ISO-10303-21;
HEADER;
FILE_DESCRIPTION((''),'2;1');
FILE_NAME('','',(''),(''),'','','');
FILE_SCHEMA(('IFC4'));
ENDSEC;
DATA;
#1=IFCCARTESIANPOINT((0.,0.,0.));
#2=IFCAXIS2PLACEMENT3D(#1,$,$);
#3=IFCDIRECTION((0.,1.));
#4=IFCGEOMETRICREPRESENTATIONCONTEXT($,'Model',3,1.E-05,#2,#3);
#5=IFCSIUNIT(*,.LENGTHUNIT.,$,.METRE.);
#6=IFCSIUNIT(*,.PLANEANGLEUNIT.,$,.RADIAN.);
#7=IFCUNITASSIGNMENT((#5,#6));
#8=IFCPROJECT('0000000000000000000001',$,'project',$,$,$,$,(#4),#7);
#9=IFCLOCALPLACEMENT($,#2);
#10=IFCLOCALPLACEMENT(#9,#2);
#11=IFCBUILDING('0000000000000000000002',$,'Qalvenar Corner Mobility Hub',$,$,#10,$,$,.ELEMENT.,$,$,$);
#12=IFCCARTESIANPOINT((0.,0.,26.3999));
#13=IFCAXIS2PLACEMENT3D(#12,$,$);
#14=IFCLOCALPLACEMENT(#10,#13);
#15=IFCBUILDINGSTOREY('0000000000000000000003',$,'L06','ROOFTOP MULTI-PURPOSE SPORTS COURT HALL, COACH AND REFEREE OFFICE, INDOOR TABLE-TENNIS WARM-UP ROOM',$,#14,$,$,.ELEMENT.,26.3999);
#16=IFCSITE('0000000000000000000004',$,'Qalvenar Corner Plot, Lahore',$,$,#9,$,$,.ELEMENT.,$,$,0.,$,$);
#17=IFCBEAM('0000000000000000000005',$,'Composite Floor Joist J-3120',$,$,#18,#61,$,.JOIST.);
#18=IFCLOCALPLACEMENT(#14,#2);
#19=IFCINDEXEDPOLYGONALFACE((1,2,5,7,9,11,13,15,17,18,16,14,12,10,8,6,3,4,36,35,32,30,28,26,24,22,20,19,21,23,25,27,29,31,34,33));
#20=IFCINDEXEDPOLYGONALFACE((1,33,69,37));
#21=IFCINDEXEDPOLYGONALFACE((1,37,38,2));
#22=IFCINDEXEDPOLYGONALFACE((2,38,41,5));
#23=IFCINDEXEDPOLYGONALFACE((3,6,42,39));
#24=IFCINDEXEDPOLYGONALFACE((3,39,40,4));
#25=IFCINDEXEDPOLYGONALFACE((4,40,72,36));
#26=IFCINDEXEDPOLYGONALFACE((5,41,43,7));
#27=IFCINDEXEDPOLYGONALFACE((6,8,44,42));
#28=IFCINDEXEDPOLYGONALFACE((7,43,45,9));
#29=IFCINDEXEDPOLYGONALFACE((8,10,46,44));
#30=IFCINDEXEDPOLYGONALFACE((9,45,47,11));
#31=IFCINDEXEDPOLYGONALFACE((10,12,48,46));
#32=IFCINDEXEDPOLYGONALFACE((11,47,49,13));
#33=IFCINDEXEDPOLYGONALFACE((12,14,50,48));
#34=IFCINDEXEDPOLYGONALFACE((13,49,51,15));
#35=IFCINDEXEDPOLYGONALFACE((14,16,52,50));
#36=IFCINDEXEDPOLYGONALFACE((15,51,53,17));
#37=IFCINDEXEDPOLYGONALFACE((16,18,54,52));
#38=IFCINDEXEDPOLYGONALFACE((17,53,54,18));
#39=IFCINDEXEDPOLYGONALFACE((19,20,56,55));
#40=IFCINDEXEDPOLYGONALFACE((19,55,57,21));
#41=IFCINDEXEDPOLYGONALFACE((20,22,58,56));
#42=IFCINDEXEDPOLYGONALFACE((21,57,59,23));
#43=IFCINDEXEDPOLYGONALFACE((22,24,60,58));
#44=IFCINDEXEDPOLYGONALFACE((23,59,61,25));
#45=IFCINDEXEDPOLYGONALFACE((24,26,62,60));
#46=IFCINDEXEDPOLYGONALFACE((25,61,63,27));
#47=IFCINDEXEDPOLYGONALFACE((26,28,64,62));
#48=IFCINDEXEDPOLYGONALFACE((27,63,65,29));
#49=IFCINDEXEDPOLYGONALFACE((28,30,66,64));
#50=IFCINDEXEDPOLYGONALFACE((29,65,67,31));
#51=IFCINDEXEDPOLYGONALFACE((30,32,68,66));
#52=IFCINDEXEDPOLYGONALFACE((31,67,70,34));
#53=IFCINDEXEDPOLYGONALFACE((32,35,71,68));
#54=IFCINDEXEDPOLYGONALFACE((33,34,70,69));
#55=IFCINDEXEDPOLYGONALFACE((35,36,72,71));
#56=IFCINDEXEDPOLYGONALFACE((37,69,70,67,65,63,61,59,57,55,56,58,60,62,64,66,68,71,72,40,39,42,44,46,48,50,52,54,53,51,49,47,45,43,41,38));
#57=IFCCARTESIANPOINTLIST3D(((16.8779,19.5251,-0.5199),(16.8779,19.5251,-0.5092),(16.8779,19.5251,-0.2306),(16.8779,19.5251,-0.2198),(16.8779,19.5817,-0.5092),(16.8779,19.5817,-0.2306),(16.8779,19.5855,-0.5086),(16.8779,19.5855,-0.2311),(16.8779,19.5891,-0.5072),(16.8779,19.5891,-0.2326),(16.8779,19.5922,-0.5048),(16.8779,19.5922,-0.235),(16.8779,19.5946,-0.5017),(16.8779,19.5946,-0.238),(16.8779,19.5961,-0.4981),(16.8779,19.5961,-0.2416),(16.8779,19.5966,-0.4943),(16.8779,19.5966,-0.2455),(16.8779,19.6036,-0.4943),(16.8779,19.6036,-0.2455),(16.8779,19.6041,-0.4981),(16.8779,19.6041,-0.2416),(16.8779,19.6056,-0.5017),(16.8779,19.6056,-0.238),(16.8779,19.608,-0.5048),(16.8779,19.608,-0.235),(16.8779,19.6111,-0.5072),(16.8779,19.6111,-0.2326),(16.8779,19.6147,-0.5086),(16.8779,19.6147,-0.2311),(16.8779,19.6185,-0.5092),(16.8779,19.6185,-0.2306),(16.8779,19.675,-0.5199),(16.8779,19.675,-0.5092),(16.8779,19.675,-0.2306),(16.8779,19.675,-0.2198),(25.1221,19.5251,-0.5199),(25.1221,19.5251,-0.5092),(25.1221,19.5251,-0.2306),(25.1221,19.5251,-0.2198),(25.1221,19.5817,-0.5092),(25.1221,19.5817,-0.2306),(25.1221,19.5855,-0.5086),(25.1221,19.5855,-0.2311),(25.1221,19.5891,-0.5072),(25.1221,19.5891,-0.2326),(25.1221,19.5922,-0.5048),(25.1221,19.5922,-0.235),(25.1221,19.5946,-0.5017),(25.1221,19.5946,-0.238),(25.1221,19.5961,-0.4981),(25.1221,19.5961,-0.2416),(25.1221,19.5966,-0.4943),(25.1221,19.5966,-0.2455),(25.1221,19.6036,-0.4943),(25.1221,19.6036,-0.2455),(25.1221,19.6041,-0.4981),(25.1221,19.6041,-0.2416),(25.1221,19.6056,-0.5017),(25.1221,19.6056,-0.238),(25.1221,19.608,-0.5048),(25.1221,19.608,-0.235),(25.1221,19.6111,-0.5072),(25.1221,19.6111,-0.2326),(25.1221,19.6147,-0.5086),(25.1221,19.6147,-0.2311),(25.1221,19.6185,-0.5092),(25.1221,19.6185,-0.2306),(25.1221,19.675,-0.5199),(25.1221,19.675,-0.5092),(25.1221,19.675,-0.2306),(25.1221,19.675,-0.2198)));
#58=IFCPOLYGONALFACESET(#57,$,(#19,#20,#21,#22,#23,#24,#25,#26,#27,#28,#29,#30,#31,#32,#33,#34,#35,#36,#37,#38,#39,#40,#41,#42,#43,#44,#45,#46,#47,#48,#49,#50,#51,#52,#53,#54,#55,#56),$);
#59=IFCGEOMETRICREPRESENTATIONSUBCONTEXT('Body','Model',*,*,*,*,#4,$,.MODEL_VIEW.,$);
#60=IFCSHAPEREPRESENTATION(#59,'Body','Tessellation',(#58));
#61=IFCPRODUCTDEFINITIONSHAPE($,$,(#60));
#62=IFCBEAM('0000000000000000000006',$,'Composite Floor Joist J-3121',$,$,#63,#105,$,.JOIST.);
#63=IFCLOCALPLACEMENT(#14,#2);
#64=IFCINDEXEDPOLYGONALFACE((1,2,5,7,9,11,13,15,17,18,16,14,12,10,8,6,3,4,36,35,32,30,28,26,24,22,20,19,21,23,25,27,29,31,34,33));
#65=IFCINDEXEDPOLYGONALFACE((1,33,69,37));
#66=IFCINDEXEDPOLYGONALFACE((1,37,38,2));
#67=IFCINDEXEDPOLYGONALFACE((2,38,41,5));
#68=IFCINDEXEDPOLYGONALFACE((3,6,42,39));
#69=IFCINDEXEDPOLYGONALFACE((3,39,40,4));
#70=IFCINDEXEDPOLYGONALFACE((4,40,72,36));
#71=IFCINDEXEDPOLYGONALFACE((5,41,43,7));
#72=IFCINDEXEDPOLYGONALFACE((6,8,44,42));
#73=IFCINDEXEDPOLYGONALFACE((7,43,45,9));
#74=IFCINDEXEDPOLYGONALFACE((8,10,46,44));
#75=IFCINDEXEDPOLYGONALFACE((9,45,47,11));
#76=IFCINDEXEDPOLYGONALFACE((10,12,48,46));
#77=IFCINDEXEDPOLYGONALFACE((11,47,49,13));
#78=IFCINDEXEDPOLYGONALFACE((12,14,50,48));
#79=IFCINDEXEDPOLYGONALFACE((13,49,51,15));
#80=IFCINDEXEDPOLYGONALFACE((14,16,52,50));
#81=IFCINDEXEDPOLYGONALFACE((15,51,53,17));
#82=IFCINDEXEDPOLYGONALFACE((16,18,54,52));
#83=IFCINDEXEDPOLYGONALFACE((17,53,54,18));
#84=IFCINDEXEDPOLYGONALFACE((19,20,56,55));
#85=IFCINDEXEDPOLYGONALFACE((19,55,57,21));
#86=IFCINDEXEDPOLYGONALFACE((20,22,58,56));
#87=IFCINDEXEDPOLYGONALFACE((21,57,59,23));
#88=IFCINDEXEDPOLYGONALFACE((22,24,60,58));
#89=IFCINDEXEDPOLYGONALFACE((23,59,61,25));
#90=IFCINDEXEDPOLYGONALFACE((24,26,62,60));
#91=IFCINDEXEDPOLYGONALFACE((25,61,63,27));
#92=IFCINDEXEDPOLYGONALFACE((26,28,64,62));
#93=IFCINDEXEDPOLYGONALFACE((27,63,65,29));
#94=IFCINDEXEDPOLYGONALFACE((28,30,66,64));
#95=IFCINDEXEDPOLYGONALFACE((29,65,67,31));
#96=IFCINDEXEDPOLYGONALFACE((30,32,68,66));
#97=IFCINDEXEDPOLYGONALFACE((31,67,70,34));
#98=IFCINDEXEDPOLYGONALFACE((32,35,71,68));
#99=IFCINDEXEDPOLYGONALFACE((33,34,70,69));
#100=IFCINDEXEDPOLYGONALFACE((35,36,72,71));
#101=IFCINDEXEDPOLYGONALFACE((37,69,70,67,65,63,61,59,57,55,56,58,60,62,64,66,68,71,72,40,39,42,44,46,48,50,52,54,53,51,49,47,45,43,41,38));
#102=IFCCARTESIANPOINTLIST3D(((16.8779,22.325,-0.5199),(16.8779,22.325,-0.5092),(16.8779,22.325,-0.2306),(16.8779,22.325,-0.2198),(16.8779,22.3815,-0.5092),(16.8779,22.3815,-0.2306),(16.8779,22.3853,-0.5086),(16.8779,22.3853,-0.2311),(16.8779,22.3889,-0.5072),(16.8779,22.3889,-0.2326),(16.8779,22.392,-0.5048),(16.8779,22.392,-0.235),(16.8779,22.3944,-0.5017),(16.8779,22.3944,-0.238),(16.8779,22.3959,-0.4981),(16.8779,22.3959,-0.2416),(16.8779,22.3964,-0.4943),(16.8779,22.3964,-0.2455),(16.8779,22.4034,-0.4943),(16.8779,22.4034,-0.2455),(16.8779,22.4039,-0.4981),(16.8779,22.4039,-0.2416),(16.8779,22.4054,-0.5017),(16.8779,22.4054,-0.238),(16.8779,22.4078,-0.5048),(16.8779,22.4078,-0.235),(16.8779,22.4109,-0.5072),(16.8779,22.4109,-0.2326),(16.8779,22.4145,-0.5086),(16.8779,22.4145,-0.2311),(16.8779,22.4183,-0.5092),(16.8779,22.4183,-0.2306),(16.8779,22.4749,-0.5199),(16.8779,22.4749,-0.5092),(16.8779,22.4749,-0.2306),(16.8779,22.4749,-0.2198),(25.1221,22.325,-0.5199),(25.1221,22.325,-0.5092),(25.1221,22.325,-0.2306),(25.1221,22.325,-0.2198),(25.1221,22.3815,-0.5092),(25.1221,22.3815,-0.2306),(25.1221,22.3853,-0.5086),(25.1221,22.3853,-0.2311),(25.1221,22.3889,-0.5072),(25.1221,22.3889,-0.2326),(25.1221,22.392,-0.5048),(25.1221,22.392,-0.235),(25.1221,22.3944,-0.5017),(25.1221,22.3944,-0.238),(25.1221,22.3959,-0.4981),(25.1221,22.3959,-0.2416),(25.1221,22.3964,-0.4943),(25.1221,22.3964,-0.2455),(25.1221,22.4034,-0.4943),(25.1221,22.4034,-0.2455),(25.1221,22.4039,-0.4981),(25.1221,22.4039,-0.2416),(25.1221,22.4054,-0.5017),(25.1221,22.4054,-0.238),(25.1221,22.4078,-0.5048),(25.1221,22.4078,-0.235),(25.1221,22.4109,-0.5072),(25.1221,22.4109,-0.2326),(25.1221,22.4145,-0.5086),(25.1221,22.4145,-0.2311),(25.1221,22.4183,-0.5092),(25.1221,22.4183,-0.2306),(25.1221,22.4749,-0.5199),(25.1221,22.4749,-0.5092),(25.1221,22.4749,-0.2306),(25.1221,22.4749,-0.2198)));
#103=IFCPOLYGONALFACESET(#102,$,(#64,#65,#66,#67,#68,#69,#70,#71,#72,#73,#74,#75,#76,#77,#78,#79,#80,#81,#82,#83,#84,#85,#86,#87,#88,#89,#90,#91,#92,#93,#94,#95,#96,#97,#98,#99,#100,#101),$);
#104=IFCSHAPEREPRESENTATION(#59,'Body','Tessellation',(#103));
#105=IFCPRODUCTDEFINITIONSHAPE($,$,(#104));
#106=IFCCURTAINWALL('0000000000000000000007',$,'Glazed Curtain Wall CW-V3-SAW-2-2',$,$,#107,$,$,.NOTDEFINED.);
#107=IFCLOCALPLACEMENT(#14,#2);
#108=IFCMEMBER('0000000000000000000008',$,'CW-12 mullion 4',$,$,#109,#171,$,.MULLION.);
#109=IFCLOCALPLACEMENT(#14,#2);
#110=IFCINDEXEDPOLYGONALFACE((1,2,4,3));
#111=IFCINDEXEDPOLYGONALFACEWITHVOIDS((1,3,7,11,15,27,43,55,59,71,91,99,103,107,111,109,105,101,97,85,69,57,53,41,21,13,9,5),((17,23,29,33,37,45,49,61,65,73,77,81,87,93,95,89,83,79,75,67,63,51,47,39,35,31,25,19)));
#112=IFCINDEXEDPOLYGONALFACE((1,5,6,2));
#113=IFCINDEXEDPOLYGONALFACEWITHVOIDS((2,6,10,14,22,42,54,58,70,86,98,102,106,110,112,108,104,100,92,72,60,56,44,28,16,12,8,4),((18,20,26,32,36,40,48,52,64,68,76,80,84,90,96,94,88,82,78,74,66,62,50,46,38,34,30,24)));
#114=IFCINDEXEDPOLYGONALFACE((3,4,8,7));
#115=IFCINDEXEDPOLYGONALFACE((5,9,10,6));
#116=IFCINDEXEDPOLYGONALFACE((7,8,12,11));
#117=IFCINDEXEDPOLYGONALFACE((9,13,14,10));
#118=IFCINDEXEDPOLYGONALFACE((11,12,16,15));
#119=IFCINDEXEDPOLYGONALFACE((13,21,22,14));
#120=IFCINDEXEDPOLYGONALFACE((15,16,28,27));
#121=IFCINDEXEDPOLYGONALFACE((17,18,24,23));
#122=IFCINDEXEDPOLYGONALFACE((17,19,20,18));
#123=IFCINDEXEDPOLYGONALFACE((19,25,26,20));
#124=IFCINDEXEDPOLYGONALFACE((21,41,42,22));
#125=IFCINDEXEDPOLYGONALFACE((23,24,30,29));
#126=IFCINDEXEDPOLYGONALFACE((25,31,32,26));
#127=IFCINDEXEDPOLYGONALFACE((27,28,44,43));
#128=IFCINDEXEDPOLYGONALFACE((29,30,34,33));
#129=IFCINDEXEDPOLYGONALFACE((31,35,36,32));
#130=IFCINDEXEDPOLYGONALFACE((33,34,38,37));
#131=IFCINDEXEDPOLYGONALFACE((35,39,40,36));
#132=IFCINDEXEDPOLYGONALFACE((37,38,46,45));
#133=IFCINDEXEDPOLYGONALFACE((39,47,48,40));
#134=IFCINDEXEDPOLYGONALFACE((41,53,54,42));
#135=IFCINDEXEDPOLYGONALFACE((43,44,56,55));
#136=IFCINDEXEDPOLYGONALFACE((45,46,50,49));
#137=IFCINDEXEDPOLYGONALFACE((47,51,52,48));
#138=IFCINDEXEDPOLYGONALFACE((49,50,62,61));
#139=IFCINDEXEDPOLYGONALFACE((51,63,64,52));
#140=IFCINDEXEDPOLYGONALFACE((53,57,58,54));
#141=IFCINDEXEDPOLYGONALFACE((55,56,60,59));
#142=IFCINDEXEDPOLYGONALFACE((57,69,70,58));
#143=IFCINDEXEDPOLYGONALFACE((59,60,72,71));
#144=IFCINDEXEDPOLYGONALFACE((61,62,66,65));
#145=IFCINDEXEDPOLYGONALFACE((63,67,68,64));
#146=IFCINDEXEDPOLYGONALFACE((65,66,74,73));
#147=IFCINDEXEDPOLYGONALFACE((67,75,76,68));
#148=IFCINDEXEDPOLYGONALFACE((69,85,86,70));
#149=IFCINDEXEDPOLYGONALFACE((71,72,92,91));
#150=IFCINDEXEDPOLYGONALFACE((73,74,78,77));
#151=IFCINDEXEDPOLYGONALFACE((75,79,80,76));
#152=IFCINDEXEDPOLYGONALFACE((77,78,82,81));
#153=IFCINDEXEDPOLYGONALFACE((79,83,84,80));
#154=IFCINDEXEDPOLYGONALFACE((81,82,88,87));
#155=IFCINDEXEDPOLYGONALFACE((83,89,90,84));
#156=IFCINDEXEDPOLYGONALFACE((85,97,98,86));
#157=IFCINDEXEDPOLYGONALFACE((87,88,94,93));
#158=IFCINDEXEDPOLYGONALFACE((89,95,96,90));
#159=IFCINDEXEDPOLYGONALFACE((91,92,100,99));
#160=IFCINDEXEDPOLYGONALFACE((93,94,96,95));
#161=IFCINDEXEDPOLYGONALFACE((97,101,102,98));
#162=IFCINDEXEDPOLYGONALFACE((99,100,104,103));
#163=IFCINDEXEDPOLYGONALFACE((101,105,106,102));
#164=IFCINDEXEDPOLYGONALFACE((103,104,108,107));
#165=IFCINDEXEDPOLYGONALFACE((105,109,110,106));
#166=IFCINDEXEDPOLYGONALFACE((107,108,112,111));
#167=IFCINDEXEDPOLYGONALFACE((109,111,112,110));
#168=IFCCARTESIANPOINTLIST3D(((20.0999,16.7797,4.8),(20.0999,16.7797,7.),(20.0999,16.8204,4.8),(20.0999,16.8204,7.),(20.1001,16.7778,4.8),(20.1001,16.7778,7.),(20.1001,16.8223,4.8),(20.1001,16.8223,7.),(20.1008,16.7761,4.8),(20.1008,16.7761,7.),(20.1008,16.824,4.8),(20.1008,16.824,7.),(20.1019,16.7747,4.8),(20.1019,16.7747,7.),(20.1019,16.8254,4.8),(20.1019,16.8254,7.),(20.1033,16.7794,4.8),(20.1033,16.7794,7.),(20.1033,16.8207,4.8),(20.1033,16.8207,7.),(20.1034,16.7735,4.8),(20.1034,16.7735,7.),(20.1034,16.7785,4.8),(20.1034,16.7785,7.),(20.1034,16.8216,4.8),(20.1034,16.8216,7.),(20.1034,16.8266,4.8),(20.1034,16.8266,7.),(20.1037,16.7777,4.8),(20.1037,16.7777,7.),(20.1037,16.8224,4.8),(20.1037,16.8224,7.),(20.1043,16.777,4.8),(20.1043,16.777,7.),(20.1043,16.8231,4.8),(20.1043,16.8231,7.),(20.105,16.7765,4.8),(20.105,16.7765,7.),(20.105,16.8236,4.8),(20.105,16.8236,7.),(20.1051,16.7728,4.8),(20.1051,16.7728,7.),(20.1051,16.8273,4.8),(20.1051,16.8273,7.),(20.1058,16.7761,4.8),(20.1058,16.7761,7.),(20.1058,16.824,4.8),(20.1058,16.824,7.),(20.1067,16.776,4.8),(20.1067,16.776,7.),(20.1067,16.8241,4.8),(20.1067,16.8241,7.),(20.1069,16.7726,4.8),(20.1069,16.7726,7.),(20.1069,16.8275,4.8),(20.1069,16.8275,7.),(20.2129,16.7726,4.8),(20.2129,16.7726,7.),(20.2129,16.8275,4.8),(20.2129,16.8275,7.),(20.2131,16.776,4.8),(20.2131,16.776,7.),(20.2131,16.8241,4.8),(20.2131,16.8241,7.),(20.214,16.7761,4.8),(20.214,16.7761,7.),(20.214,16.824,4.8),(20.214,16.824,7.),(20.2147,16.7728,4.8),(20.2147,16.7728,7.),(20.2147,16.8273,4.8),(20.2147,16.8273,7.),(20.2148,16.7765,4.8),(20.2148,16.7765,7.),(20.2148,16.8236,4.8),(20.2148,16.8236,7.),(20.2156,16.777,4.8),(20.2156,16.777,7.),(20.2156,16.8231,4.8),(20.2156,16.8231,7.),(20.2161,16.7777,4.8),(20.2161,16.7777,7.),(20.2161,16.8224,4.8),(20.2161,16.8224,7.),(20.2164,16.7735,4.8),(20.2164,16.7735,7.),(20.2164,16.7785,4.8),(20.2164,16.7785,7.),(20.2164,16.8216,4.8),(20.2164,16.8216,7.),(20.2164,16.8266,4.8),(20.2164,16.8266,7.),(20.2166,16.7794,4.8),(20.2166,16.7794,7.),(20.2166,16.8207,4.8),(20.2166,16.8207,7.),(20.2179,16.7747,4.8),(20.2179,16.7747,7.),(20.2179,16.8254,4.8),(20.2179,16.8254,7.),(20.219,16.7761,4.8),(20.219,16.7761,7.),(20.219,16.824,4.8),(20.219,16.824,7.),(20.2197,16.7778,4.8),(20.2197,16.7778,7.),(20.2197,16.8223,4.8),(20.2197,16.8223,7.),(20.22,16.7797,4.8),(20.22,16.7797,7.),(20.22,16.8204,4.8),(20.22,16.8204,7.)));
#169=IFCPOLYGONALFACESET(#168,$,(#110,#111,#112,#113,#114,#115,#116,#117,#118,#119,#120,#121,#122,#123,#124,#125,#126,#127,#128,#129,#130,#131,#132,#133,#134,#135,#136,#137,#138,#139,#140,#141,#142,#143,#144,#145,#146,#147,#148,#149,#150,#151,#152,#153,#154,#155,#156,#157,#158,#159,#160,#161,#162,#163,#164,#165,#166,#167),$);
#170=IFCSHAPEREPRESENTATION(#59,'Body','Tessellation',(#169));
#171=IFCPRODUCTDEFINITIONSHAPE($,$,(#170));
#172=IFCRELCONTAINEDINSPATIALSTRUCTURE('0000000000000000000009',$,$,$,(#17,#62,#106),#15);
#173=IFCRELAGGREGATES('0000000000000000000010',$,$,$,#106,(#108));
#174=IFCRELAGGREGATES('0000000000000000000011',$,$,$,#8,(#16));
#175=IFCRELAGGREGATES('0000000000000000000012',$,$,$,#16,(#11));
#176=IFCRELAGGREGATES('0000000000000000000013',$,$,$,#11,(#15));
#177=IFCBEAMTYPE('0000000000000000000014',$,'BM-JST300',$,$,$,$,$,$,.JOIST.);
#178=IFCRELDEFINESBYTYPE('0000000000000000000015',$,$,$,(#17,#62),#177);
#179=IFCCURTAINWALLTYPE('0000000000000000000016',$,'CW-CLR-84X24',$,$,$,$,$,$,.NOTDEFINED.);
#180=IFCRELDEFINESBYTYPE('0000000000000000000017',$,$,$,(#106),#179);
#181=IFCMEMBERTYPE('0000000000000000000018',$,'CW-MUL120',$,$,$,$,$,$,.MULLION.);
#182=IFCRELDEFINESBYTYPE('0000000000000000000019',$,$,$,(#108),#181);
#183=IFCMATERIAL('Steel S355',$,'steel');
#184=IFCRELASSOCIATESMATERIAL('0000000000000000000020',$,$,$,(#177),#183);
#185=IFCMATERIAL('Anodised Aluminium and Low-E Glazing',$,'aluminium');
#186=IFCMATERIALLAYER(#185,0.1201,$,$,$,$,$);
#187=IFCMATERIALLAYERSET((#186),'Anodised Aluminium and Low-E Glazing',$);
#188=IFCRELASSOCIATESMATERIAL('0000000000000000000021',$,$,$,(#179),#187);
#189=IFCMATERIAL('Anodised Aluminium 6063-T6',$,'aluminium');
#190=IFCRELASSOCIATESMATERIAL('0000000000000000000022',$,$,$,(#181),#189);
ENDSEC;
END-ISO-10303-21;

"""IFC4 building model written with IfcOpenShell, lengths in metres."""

from ifc_helpers import new_model, si_unit, direction, frame, origin, origin_2d, place, context, subcontext, project, spatial, hollow_rectangle, i_section, extrude, material, layer, layer_set, material_profile, profile_set, type_object, element, aggregate, save


model = new_model("IFC4")

# Units and contexts
model_context = context("Model", 3, precision=1e-05, world=origin(), true_north=direction((0.0, 1.0)))
body_context = subcontext(model_context, "Body", "Model", "MODEL_VIEW")
ifc_project = project(units=[si_unit("LENGTHUNIT", "METRE"), si_unit("PLANEANGLEUNIT", "RADIAN")], contexts=[model_context])

# Site, building, storey
site_placement = place(None, origin())
site = spatial("IfcSite", under=ifc_project, at=site_placement, Name="Qalvenar Corner Plot, Lahore", CompositionType="ELEMENT", RefElevation=0.0)
building_placement = place(site_placement, origin())
building = spatial("IfcBuilding", under=site, at=building_placement, Name="Qalvenar Corner Mobility Hub", CompositionType="ELEMENT")
storey_placement = place(building_placement, frame((0.0, 0.0, 26.3999)))
storey = spatial("IfcBuildingStorey", under=building, at=storey_placement, Name="L06", Description="ROOFTOP MULTI-PURPOSE SPORTS COURT HALL, COACH AND REFEREE OFFICE, INDOOR TABLE-TENNIS WARM-UP ROOM", CompositionType="ELEMENT", Elevation=26.3999)

# Shared definitions
ifc_material_1 = material(Name="Steel S355", Category="steel")

# Beams
ifc_material_profile_1 = material_profile(ifc_material_1, i_section(OverallWidth=0.1499, OverallDepth=0.3, WebThickness=0.0071, FlangeThickness=0.0107, FilletRadius=0.0149, at=origin_2d()), Name="IPE300")
ifc_profile_set_1 = profile_set([ifc_material_profile_1], Name="Steel S355")
beam_type_1 = type_object("IfcBeamType", Name="BM-JST300", PredefinedType="JOIST", material=ifc_profile_set_1)
for number, where, z_axis, x_axis, name in (
    (1, (16.8779, 19.6001, -0.3699), (1.0, 0.0, 0.0), (0.0, 1.0, 0.0), "Composite Floor Joist J-3120"),
    (2, (16.8779, 22.3999, -0.3699), (1.0, 0.0, 0.0), (0.0, 1.0, 0.0), "Composite Floor Joist J-3121"),
):
    element("IfcBeam", number, at=place(storey_placement, frame(where, z_axis=z_axis, x_axis=x_axis)), inside=storey, type_object=beam_type_1, Name=name, PredefinedType="JOIST", context=body_context, shape_type="SweptSolid", body=[
        extrude(i_section(OverallWidth=0.1499, OverallDepth=0.3, WebThickness=0.0071, FlangeThickness=0.0107, FilletRadius=0.0149, at=origin_2d()), origin(), (0.0, 0.0, 1.0), 8.2441),
    ])

# Curtain wall, member
ifc_material_2 = material(Name="Anodised Aluminium and Low-E Glazing", Category="aluminium")
ifc_layer_1 = layer(ifc_material_2, 0.1201)
ifc_layer_set_1 = layer_set([ifc_layer_1], Name="Anodised Aluminium and Low-E Glazing")
curtain_wall_type = type_object("IfcCurtainWallType", Name="CW-CLR-84X24", PredefinedType="NOTDEFINED", material=ifc_layer_set_1)
curtain_wall_1_placement = place(storey_placement, origin())
curtain_wall_1 = element("IfcCurtainWall", 3, at=curtain_wall_1_placement, inside=storey, type_object=curtain_wall_type, Name="Glazed Curtain Wall CW-V3-SAW-2-2", PredefinedType="NOTDEFINED")
ifc_material_3 = material(Name="Anodised Aluminium 6063-T6", Category="aluminium")
ifc_material_profile_2 = material_profile(ifc_material_3, hollow_rectangle(XDim=0.0549, YDim=0.1201, WallThickness=0.0034, InnerFilletRadius=0.0034, OuterFilletRadius=0.0071, at=origin_2d()), Name="RHS120x55x3.5")
ifc_profile_set_2 = profile_set([ifc_material_profile_2], Name="Anodised Aluminium 6063-T6")
member_type_1 = type_object("IfcMemberType", Name="CW-MUL120", PredefinedType="MULLION", material=ifc_profile_set_2)
member_1_placement = place(storey_placement, frame((20.1599, 16.8, 4.8), z_axis=(0.0, 0.0, 1.0), x_axis=(0.0, -1.0, 0.0)))
member_1 = element("IfcMember", 4, at=member_1_placement, type_object=member_type_1, Name="CW-12 mullion 4", PredefinedType="MULLION", context=body_context, shape_type="SweptSolid", body=[
    extrude(hollow_rectangle(XDim=0.0549, YDim=0.1201, WallThickness=0.0034, InnerFilletRadius=0.0034, OuterFilletRadius=0.0071, at=origin_2d()), origin(), (0.0, 0.0, 1.0), 2.2),
])

aggregate(curtain_wall_1, [member_1])

save(model, "model.ifc")
